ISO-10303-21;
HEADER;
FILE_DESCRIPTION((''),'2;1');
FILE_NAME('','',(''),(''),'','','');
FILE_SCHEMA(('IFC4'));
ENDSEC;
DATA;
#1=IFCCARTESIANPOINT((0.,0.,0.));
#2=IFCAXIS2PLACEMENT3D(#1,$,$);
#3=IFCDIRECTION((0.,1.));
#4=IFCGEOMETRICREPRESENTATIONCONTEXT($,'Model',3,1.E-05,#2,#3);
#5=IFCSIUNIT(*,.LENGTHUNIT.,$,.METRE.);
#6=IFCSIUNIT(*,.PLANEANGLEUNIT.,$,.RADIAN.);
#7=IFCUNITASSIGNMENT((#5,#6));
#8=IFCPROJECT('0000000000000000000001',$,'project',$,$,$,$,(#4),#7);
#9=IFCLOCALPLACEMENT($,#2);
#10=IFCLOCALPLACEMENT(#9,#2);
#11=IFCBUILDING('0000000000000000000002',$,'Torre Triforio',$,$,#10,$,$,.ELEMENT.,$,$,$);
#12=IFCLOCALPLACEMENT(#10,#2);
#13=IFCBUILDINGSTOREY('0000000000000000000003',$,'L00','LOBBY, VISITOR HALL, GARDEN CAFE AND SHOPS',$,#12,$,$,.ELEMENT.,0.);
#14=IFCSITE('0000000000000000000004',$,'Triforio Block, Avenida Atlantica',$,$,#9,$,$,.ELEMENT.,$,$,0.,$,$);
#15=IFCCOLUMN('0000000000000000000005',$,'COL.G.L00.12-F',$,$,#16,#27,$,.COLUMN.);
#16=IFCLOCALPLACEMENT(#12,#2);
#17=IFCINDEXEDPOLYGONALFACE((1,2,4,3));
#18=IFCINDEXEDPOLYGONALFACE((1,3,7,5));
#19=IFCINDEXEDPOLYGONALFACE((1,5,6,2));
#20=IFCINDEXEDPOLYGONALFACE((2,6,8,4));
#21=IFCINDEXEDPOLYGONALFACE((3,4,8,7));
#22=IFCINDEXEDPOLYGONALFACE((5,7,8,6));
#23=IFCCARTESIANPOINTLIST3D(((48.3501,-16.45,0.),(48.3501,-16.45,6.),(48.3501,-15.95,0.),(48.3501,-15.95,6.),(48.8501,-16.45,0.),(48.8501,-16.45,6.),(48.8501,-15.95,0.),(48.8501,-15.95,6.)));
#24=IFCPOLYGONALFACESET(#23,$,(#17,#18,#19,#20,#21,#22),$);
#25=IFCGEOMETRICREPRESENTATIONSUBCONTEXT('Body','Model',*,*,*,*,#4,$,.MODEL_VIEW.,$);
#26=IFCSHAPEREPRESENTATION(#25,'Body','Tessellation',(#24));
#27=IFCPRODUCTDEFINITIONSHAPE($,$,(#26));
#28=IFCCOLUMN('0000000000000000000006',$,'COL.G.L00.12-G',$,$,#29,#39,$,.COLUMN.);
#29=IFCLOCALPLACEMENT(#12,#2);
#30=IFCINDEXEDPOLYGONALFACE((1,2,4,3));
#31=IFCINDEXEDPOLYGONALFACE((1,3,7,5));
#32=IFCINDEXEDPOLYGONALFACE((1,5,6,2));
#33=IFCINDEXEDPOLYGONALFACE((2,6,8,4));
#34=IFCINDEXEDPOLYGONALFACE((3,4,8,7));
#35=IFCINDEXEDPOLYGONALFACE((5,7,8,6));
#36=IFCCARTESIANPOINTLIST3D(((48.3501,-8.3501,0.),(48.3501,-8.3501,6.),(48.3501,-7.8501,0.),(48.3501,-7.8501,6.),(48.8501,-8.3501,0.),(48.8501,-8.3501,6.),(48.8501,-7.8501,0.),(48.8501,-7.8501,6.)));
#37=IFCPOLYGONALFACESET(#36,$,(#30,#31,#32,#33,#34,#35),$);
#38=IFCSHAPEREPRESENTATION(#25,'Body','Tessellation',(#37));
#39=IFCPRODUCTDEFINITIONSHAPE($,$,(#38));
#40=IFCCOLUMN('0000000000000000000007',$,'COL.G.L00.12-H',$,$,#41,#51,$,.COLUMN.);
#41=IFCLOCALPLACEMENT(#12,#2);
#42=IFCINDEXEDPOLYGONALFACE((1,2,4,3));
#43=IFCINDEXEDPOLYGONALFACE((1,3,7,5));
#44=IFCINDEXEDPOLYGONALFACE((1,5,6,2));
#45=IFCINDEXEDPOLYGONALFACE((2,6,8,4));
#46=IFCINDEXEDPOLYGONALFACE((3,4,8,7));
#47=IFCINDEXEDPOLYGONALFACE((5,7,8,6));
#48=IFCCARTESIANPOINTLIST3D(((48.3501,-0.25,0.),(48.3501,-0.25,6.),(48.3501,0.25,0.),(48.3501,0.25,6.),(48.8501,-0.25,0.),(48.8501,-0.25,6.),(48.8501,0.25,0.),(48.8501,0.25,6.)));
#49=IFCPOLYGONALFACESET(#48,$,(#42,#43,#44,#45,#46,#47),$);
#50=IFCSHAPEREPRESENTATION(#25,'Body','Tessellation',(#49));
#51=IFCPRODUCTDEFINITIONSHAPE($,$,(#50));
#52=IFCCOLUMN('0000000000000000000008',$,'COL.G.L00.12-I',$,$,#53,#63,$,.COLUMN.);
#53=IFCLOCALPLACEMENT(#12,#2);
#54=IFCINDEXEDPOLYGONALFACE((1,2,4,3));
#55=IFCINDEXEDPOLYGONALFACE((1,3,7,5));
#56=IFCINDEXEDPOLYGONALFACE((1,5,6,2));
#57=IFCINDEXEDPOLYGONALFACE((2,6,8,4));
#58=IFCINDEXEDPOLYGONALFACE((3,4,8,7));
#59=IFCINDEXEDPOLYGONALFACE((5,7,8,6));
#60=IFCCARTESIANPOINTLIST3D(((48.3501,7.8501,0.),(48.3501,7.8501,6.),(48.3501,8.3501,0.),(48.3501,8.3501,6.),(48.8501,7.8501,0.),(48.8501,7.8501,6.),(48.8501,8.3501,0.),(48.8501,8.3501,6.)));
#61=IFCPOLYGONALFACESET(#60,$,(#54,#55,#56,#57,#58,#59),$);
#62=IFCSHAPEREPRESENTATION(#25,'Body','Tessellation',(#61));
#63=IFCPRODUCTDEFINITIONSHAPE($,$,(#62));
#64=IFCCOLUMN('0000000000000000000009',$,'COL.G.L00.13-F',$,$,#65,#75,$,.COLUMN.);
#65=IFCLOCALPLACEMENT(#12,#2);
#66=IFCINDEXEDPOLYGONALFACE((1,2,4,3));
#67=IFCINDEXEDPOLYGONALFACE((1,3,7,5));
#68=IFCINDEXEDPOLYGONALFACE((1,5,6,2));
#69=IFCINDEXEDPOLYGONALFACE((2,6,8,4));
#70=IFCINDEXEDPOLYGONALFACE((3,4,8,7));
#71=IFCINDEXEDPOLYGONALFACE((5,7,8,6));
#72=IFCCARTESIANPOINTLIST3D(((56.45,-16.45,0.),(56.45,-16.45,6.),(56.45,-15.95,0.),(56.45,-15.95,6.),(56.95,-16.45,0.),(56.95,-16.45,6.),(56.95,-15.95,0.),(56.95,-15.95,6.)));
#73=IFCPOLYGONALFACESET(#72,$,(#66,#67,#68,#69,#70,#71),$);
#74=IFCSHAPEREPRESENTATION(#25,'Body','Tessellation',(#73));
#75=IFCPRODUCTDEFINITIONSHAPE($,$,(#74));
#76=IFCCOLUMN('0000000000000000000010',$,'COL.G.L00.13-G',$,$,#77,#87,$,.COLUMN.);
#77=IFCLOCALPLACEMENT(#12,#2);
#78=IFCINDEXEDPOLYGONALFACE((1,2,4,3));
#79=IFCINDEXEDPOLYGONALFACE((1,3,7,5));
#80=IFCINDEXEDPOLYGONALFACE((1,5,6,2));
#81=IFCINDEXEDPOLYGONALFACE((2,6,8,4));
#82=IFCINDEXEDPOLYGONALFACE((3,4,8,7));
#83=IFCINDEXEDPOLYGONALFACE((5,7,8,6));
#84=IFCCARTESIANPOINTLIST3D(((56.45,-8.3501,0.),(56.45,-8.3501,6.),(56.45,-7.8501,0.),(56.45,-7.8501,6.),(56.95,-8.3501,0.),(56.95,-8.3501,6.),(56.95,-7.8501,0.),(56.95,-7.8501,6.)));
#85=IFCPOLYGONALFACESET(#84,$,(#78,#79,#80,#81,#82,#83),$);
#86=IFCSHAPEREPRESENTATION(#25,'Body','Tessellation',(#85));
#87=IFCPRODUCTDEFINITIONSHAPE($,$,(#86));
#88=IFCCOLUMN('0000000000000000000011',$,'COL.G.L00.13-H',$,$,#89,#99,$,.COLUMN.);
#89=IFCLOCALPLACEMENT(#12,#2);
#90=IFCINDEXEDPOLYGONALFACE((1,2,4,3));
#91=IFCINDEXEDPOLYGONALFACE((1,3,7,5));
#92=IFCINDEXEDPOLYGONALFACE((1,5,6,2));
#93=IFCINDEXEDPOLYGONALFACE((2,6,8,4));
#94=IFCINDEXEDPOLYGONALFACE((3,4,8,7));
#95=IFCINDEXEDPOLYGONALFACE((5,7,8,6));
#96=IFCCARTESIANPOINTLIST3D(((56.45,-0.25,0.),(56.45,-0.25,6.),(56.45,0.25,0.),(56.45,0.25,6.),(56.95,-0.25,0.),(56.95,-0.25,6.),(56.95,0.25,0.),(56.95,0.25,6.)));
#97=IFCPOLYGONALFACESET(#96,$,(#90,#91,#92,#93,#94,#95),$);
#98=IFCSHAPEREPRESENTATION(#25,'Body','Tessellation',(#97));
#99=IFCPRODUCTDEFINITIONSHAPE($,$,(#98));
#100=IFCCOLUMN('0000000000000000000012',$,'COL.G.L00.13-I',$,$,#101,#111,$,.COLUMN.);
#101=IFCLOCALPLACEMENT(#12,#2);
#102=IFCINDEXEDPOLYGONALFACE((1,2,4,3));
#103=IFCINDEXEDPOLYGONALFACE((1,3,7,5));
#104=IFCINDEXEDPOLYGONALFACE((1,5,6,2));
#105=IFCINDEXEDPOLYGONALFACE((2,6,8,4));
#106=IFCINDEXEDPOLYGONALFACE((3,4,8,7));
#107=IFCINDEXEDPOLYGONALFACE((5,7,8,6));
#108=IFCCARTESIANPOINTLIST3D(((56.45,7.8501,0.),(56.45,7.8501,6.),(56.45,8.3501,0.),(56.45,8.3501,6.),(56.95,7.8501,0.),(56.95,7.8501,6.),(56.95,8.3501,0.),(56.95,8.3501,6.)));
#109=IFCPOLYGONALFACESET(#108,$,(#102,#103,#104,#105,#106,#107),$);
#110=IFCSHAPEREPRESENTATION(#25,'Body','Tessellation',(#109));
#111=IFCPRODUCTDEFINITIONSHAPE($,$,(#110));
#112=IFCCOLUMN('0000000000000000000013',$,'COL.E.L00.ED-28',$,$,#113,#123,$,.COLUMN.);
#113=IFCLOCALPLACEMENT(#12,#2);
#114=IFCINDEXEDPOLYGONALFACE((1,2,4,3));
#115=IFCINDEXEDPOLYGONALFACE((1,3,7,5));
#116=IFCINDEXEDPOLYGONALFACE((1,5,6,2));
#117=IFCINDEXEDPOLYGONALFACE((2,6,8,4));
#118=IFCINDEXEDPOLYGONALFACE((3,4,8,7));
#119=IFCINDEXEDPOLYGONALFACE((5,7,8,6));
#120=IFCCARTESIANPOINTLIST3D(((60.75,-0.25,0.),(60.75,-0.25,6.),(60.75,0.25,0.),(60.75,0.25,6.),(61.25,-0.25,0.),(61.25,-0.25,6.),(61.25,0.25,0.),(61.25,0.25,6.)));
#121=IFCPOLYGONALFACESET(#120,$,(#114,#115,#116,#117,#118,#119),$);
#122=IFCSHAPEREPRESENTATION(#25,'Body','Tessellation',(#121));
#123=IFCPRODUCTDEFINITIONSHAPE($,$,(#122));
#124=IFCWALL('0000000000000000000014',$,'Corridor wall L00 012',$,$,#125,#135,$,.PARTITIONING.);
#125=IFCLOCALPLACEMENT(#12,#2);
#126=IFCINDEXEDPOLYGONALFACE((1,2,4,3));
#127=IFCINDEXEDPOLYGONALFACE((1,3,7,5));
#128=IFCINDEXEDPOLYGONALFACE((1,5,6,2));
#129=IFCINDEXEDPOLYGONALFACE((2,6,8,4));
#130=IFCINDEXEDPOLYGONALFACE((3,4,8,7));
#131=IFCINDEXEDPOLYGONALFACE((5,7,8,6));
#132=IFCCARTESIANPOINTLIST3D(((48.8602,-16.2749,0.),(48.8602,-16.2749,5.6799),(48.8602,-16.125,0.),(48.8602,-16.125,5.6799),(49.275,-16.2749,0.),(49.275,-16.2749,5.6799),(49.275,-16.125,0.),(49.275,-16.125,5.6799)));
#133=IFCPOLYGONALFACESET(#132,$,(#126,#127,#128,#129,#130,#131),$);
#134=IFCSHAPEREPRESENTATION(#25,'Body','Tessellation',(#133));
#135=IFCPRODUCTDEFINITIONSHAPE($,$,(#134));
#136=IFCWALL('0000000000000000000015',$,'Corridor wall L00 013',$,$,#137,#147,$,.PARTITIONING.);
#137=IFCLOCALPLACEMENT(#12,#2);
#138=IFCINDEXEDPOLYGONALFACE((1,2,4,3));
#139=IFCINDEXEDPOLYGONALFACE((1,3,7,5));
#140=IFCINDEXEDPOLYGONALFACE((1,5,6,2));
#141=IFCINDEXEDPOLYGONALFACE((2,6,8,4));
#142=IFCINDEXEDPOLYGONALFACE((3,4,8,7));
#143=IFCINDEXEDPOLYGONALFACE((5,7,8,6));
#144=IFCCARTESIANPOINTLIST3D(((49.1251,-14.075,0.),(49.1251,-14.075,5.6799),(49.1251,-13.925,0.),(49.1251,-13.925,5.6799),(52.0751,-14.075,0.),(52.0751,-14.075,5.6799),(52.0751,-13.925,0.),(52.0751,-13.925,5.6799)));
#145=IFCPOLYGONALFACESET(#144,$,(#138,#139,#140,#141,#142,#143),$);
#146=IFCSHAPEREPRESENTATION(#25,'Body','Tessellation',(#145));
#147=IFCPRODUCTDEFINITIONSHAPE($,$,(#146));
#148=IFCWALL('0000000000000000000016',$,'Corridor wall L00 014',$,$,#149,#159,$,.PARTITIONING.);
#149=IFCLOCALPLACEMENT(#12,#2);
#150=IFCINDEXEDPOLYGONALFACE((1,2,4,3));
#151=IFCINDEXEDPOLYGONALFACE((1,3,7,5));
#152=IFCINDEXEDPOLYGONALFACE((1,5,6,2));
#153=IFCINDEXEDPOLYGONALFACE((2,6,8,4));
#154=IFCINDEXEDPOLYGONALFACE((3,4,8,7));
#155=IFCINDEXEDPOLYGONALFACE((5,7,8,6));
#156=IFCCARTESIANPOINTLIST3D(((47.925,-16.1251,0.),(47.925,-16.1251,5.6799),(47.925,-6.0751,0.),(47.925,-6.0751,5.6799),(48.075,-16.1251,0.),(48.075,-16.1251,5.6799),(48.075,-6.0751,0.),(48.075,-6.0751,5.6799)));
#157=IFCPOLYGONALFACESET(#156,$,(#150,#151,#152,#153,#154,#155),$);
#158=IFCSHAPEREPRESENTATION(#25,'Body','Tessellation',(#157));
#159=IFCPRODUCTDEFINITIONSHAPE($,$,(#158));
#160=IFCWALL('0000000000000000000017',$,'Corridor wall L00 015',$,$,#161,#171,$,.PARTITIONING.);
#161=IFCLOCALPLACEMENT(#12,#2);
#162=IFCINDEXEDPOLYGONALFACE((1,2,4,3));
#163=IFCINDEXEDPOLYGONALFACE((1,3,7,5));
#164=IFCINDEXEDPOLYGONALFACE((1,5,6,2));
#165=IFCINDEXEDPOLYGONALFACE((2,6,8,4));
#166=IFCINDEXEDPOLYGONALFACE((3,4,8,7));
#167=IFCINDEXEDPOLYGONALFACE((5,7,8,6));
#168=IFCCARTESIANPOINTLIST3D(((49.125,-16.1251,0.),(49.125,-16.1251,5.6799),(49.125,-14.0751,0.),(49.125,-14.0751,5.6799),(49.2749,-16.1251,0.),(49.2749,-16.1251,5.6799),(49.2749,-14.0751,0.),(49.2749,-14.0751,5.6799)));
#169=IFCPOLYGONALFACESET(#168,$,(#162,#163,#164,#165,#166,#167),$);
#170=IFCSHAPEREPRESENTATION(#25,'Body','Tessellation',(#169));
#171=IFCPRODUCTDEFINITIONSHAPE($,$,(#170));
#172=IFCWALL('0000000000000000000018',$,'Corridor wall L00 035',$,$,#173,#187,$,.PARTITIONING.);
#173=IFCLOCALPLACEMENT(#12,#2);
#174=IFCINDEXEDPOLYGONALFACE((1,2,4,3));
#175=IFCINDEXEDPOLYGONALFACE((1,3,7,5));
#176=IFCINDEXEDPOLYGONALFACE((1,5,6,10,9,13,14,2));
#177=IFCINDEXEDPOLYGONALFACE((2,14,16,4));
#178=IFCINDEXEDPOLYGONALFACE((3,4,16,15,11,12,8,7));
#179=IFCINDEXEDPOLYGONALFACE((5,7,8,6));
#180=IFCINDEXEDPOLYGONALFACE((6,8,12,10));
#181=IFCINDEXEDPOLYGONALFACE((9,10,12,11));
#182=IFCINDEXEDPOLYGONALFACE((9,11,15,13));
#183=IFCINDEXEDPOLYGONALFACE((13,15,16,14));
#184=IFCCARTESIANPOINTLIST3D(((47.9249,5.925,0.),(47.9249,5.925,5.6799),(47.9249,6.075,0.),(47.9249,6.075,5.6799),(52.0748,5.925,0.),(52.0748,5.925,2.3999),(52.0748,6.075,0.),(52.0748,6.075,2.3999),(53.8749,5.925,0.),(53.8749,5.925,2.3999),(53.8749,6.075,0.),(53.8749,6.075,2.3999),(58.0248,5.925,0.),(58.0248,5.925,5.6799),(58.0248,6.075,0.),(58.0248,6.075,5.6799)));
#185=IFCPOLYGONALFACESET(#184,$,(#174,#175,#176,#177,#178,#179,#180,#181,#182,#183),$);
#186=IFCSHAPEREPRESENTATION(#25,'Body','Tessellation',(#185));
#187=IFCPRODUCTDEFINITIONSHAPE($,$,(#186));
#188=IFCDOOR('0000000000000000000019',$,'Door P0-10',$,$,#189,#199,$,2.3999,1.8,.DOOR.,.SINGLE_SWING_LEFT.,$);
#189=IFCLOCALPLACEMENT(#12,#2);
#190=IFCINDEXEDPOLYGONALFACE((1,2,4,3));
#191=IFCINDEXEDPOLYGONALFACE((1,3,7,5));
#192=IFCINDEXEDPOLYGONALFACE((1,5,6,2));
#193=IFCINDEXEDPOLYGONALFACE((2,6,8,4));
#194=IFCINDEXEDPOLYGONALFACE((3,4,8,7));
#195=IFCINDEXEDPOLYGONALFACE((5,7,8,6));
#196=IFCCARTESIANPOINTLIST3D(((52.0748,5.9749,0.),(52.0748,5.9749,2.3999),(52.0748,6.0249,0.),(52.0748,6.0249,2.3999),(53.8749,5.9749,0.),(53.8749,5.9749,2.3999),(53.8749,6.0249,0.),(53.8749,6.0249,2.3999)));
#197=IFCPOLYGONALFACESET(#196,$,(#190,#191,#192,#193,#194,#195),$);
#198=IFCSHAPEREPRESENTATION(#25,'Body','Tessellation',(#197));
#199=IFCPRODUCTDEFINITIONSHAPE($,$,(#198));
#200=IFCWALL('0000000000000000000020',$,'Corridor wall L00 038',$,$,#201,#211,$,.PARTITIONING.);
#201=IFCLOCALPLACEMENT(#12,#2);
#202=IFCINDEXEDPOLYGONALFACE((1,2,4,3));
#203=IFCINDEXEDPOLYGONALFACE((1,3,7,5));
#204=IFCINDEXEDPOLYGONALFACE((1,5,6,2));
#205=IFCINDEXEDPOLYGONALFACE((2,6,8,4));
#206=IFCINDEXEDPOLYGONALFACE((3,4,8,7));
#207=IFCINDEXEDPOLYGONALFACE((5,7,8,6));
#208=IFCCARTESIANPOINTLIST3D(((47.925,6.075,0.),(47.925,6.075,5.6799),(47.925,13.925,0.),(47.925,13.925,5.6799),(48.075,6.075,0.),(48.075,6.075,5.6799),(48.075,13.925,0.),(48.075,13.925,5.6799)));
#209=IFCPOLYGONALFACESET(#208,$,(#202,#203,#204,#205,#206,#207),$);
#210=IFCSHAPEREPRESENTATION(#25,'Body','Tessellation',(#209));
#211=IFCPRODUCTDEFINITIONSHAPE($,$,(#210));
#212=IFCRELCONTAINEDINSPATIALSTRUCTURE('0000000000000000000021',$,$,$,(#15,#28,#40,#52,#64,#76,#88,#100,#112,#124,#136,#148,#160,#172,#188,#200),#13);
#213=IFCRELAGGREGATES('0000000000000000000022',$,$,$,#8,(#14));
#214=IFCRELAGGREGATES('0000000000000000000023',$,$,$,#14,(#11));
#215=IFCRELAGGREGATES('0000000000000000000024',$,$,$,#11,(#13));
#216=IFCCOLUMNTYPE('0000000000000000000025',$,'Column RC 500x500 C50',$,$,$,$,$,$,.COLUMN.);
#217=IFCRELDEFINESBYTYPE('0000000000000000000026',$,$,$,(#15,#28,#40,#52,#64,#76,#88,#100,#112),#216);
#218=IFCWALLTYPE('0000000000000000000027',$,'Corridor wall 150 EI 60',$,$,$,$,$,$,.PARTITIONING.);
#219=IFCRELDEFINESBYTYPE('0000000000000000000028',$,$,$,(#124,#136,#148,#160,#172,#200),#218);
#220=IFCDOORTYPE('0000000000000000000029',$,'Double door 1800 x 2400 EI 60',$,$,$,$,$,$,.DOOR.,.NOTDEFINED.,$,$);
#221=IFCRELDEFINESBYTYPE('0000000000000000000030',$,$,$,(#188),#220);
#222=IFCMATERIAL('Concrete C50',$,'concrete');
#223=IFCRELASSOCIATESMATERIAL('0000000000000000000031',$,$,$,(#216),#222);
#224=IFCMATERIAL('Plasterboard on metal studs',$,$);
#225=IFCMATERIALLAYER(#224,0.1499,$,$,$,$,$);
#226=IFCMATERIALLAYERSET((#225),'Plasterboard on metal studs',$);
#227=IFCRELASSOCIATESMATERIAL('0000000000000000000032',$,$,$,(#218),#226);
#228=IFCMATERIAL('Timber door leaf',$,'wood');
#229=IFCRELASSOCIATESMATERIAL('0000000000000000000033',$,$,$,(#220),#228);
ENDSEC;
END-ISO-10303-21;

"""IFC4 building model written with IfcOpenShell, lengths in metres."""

from ifc_helpers import new_model, si_unit, direction, frame, frame_2d, origin, origin_2d, place, context, subcontext, project, spatial, rectangle, extrude, material, layer, layer_set, material_profile, profile_set, type_object, element, fill, save


model = new_model("IFC4")

# Units and contexts
model_context = context("Model", 3, precision=1e-05, world=origin(), true_north=direction((0.0, 1.0)))
body_context = subcontext(model_context, "Body", "Model", "MODEL_VIEW")
ifc_project = project(units=[si_unit("LENGTHUNIT", "METRE"), si_unit("PLANEANGLEUNIT", "RADIAN")], contexts=[model_context])

# Site, building, storey
site_placement = place(None, origin())
site = spatial("IfcSite", under=ifc_project, at=site_placement, Name="Triforio Block, Avenida Atlantica", CompositionType="ELEMENT", RefElevation=0.0)
building_placement = place(site_placement, origin())
building = spatial("IfcBuilding", under=site, at=building_placement, Name="Torre Triforio", CompositionType="ELEMENT")
storey_placement = place(building_placement, origin())
storey = spatial("IfcBuildingStorey", under=building, at=storey_placement, Name="L00", Description="LOBBY, VISITOR HALL, GARDEN CAFE AND SHOPS", CompositionType="ELEMENT", Elevation=0.0)

# Columns
ifc_material_1 = material(Name="Concrete C50", Category="concrete")
ifc_material_profile = material_profile(ifc_material_1, rectangle(XDim=0.5, YDim=0.5, at=origin_2d()), Name="RC 500x500")
ifc_profile_set = profile_set([ifc_material_profile], Name="Concrete C50")
column_type = type_object("IfcColumnType", Name="Column RC 500x500 C50", PredefinedType="COLUMN", material=ifc_profile_set)
for number, where, z_axis, x_axis, name in (
    (1, (48.6001, -16.2, 0.0), (0.0, 0.0, 1.0), (1.0, 0.0, 0.0), "COL.G.L00.12-F"),
    (2, (48.6001, -8.1001, 0.0), (0.0, 0.0, 1.0), (1.0, 0.0, 0.0), "COL.G.L00.12-G"),
    (3, (48.6001, 0.0, 0.0), (0.0, 0.0, 1.0), (1.0, 0.0, 0.0), "COL.G.L00.12-H"),
    (4, (48.6001, 8.1001, 0.0), (0.0, 0.0, 1.0), (1.0, 0.0, 0.0), "COL.G.L00.12-I"),
    (5, (56.7, -16.2, 0.0), (0.0, 0.0, 1.0), (1.0, 0.0, 0.0), "COL.G.L00.13-F"),
    (6, (56.7, -8.1001, 0.0), (0.0, 0.0, 1.0), (1.0, 0.0, 0.0), "COL.G.L00.13-G"),
    (7, (56.7, 0.0, 0.0), (0.0, 0.0, 1.0), (1.0, 0.0, 0.0), "COL.G.L00.13-H"),
    (8, (56.7, 8.1001, 0.0), (0.0, 0.0, 1.0), (1.0, 0.0, 0.0), "COL.G.L00.13-I"),
    (9, (61.0, 0.0, 0.0), (0.0, 0.0, 1.0), (1.0, 0.0, 0.0), "COL.E.L00.ED-28"),
):
    element("IfcColumn", number, at=place(storey_placement, frame(where, z_axis=z_axis, x_axis=x_axis)), inside=storey, type_object=column_type, Name=name, PredefinedType="COLUMN", context=body_context, shape_type="SweptSolid", body=[
        extrude(rectangle(XDim=0.5, YDim=0.5, at=origin_2d()), origin(), (0.0, 0.0, 1.0), 6.0),
    ])

# Walls
ifc_material_2 = material(Name="Plasterboard on metal studs")
ifc_layer_1 = layer(ifc_material_2, 0.1499)
ifc_layer_set_1 = layer_set([ifc_layer_1], Name="Plasterboard on metal studs")
wall_type_1 = type_object("IfcWallType", Name="Corridor wall 150 EI 60", PredefinedType="PARTITIONING", material=ifc_layer_set_1)
wall_1_placement = place(storey_placement, frame((48.8601, -16.2, 0.0), z_axis=(0.0, 0.0, 1.0), x_axis=(1.0, 0.0, 0.0)))
element("IfcWall", 10, at=wall_1_placement, inside=storey, type_object=wall_type_1, Name="Corridor wall L00 012", PredefinedType="PARTITIONING", context=body_context, shape_type="SweptSolid", body=[
    extrude(rectangle(XDim=0.4148, YDim=0.1499, at=frame_2d((0.2075, 0.0))), origin(), (0.0, 0.0, 1.0), 5.6799),
])
wall_2_placement = place(storey_placement, frame((49.125, -14.0, 0.0), z_axis=(0.0, 0.0, 1.0), x_axis=(1.0, 0.0, 0.0)))
element("IfcWall", 11, at=wall_2_placement, inside=storey, type_object=wall_type_1, Name="Corridor wall L00 013", PredefinedType="PARTITIONING", context=body_context, shape_type="SweptSolid", body=[
    extrude(rectangle(XDim=2.95, YDim=0.1499, at=frame_2d((1.4751, 0.0))), origin(), (0.0, 0.0, 1.0), 5.6799),
])
wall_3_placement = place(storey_placement, frame((48.0, -16.125, 0.0), z_axis=(0.0, 0.0, 1.0), x_axis=(0.0, 1.0, 0.0)))
element("IfcWall", 12, at=wall_3_placement, inside=storey, type_object=wall_type_1, Name="Corridor wall L00 014", PredefinedType="PARTITIONING", context=body_context, shape_type="SweptSolid", body=[
    extrude(rectangle(XDim=10.05, YDim=0.1499, at=frame_2d((5.0249, 0.0))), origin(), (0.0, 0.0, 1.0), 5.6799),
])
wall_4_placement = place(storey_placement, frame((49.2, -16.125, 0.0), z_axis=(0.0, 0.0, 1.0), x_axis=(0.0, 1.0, 0.0)))
element("IfcWall", 13, at=wall_4_placement, inside=storey, type_object=wall_type_1, Name="Corridor wall L00 015", PredefinedType="PARTITIONING", context=body_context, shape_type="SweptSolid", body=[
    extrude(rectangle(XDim=2.05, YDim=0.1499, at=frame_2d((1.0249, 0.0))), origin(), (0.0, 0.0, 1.0), 5.6799),
])

# Wall, opening, door
wall_5_placement = place(storey_placement, frame((47.925, 6.0, 0.0), z_axis=(0.0, 0.0, 1.0), x_axis=(1.0, 0.0, 0.0)))
wall_5 = element("IfcWall", 14, at=wall_5_placement, inside=storey, type_object=wall_type_1, Name="Corridor wall L00 035", PredefinedType="PARTITIONING", context=body_context, shape_type="SweptSolid", body=[
    extrude(rectangle(XDim=10.0999, YDim=0.1499, at=frame_2d((5.0498, 0.0))), origin(), (0.0, 0.0, 1.0), 5.6799),
])
opening_1_placement = place(wall_5_placement, frame((4.1499, 0.0, 0.0)))
opening_1 = element("IfcOpeningElement", 15, at=opening_1_placement, cuts=wall_5, PredefinedType="OPENING", context=body_context, shape_type="SweptSolid", body=[
    extrude(rectangle(XDim=1.8, YDim=2.3999, at=frame_2d((0.8999, 1.2))), frame((0.0, 0.085, 0.0), z_axis=(0.0, -1.0, 0.0), x_axis=(1.0, 0.0, 0.0)), (0.0, 0.0, 1.0), 0.1699),
])
ifc_material_3 = material(Name="Timber door leaf", Category="wood")
door_type_1 = type_object("IfcDoorType", Name="Double door 1800 x 2400 EI 60", OperationType="NOTDEFINED", PredefinedType="DOOR", material=ifc_material_3)
door_1_placement = place(opening_1_placement, origin())
door_1 = element("IfcDoor", 16, at=door_1_placement, inside=storey, type_object=door_type_1, Name="Door P0-10", OperationType="SINGLE_SWING_LEFT", OverallHeight=2.3999, OverallWidth=1.8, PredefinedType="DOOR", context=body_context, shape_type="SweptSolid", body=[
    extrude(rectangle(XDim=1.8, YDim=2.3999, at=frame_2d((0.8999, 1.2))), frame((0.0, 0.0249, 0.0), z_axis=(0.0, -1.0, 0.0), x_axis=(1.0, 0.0, 0.0)), (0.0, 0.0, 1.0), 0.05),
])
fill(opening_1, door_1)

# Wall
wall_6_placement = place(storey_placement, frame((48.0, 6.075, 0.0), z_axis=(0.0, 0.0, 1.0), x_axis=(0.0, 1.0, 0.0)))
element("IfcWall", 17, at=wall_6_placement, inside=storey, type_object=wall_type_1, Name="Corridor wall L00 038", PredefinedType="PARTITIONING", context=body_context, shape_type="SweptSolid", body=[
    extrude(rectangle(XDim=7.8501, YDim=0.1499, at=frame_2d((3.925, 0.0))), origin(), (0.0, 0.0, 1.0), 5.6799),
])

save(model, "model.ifc")
